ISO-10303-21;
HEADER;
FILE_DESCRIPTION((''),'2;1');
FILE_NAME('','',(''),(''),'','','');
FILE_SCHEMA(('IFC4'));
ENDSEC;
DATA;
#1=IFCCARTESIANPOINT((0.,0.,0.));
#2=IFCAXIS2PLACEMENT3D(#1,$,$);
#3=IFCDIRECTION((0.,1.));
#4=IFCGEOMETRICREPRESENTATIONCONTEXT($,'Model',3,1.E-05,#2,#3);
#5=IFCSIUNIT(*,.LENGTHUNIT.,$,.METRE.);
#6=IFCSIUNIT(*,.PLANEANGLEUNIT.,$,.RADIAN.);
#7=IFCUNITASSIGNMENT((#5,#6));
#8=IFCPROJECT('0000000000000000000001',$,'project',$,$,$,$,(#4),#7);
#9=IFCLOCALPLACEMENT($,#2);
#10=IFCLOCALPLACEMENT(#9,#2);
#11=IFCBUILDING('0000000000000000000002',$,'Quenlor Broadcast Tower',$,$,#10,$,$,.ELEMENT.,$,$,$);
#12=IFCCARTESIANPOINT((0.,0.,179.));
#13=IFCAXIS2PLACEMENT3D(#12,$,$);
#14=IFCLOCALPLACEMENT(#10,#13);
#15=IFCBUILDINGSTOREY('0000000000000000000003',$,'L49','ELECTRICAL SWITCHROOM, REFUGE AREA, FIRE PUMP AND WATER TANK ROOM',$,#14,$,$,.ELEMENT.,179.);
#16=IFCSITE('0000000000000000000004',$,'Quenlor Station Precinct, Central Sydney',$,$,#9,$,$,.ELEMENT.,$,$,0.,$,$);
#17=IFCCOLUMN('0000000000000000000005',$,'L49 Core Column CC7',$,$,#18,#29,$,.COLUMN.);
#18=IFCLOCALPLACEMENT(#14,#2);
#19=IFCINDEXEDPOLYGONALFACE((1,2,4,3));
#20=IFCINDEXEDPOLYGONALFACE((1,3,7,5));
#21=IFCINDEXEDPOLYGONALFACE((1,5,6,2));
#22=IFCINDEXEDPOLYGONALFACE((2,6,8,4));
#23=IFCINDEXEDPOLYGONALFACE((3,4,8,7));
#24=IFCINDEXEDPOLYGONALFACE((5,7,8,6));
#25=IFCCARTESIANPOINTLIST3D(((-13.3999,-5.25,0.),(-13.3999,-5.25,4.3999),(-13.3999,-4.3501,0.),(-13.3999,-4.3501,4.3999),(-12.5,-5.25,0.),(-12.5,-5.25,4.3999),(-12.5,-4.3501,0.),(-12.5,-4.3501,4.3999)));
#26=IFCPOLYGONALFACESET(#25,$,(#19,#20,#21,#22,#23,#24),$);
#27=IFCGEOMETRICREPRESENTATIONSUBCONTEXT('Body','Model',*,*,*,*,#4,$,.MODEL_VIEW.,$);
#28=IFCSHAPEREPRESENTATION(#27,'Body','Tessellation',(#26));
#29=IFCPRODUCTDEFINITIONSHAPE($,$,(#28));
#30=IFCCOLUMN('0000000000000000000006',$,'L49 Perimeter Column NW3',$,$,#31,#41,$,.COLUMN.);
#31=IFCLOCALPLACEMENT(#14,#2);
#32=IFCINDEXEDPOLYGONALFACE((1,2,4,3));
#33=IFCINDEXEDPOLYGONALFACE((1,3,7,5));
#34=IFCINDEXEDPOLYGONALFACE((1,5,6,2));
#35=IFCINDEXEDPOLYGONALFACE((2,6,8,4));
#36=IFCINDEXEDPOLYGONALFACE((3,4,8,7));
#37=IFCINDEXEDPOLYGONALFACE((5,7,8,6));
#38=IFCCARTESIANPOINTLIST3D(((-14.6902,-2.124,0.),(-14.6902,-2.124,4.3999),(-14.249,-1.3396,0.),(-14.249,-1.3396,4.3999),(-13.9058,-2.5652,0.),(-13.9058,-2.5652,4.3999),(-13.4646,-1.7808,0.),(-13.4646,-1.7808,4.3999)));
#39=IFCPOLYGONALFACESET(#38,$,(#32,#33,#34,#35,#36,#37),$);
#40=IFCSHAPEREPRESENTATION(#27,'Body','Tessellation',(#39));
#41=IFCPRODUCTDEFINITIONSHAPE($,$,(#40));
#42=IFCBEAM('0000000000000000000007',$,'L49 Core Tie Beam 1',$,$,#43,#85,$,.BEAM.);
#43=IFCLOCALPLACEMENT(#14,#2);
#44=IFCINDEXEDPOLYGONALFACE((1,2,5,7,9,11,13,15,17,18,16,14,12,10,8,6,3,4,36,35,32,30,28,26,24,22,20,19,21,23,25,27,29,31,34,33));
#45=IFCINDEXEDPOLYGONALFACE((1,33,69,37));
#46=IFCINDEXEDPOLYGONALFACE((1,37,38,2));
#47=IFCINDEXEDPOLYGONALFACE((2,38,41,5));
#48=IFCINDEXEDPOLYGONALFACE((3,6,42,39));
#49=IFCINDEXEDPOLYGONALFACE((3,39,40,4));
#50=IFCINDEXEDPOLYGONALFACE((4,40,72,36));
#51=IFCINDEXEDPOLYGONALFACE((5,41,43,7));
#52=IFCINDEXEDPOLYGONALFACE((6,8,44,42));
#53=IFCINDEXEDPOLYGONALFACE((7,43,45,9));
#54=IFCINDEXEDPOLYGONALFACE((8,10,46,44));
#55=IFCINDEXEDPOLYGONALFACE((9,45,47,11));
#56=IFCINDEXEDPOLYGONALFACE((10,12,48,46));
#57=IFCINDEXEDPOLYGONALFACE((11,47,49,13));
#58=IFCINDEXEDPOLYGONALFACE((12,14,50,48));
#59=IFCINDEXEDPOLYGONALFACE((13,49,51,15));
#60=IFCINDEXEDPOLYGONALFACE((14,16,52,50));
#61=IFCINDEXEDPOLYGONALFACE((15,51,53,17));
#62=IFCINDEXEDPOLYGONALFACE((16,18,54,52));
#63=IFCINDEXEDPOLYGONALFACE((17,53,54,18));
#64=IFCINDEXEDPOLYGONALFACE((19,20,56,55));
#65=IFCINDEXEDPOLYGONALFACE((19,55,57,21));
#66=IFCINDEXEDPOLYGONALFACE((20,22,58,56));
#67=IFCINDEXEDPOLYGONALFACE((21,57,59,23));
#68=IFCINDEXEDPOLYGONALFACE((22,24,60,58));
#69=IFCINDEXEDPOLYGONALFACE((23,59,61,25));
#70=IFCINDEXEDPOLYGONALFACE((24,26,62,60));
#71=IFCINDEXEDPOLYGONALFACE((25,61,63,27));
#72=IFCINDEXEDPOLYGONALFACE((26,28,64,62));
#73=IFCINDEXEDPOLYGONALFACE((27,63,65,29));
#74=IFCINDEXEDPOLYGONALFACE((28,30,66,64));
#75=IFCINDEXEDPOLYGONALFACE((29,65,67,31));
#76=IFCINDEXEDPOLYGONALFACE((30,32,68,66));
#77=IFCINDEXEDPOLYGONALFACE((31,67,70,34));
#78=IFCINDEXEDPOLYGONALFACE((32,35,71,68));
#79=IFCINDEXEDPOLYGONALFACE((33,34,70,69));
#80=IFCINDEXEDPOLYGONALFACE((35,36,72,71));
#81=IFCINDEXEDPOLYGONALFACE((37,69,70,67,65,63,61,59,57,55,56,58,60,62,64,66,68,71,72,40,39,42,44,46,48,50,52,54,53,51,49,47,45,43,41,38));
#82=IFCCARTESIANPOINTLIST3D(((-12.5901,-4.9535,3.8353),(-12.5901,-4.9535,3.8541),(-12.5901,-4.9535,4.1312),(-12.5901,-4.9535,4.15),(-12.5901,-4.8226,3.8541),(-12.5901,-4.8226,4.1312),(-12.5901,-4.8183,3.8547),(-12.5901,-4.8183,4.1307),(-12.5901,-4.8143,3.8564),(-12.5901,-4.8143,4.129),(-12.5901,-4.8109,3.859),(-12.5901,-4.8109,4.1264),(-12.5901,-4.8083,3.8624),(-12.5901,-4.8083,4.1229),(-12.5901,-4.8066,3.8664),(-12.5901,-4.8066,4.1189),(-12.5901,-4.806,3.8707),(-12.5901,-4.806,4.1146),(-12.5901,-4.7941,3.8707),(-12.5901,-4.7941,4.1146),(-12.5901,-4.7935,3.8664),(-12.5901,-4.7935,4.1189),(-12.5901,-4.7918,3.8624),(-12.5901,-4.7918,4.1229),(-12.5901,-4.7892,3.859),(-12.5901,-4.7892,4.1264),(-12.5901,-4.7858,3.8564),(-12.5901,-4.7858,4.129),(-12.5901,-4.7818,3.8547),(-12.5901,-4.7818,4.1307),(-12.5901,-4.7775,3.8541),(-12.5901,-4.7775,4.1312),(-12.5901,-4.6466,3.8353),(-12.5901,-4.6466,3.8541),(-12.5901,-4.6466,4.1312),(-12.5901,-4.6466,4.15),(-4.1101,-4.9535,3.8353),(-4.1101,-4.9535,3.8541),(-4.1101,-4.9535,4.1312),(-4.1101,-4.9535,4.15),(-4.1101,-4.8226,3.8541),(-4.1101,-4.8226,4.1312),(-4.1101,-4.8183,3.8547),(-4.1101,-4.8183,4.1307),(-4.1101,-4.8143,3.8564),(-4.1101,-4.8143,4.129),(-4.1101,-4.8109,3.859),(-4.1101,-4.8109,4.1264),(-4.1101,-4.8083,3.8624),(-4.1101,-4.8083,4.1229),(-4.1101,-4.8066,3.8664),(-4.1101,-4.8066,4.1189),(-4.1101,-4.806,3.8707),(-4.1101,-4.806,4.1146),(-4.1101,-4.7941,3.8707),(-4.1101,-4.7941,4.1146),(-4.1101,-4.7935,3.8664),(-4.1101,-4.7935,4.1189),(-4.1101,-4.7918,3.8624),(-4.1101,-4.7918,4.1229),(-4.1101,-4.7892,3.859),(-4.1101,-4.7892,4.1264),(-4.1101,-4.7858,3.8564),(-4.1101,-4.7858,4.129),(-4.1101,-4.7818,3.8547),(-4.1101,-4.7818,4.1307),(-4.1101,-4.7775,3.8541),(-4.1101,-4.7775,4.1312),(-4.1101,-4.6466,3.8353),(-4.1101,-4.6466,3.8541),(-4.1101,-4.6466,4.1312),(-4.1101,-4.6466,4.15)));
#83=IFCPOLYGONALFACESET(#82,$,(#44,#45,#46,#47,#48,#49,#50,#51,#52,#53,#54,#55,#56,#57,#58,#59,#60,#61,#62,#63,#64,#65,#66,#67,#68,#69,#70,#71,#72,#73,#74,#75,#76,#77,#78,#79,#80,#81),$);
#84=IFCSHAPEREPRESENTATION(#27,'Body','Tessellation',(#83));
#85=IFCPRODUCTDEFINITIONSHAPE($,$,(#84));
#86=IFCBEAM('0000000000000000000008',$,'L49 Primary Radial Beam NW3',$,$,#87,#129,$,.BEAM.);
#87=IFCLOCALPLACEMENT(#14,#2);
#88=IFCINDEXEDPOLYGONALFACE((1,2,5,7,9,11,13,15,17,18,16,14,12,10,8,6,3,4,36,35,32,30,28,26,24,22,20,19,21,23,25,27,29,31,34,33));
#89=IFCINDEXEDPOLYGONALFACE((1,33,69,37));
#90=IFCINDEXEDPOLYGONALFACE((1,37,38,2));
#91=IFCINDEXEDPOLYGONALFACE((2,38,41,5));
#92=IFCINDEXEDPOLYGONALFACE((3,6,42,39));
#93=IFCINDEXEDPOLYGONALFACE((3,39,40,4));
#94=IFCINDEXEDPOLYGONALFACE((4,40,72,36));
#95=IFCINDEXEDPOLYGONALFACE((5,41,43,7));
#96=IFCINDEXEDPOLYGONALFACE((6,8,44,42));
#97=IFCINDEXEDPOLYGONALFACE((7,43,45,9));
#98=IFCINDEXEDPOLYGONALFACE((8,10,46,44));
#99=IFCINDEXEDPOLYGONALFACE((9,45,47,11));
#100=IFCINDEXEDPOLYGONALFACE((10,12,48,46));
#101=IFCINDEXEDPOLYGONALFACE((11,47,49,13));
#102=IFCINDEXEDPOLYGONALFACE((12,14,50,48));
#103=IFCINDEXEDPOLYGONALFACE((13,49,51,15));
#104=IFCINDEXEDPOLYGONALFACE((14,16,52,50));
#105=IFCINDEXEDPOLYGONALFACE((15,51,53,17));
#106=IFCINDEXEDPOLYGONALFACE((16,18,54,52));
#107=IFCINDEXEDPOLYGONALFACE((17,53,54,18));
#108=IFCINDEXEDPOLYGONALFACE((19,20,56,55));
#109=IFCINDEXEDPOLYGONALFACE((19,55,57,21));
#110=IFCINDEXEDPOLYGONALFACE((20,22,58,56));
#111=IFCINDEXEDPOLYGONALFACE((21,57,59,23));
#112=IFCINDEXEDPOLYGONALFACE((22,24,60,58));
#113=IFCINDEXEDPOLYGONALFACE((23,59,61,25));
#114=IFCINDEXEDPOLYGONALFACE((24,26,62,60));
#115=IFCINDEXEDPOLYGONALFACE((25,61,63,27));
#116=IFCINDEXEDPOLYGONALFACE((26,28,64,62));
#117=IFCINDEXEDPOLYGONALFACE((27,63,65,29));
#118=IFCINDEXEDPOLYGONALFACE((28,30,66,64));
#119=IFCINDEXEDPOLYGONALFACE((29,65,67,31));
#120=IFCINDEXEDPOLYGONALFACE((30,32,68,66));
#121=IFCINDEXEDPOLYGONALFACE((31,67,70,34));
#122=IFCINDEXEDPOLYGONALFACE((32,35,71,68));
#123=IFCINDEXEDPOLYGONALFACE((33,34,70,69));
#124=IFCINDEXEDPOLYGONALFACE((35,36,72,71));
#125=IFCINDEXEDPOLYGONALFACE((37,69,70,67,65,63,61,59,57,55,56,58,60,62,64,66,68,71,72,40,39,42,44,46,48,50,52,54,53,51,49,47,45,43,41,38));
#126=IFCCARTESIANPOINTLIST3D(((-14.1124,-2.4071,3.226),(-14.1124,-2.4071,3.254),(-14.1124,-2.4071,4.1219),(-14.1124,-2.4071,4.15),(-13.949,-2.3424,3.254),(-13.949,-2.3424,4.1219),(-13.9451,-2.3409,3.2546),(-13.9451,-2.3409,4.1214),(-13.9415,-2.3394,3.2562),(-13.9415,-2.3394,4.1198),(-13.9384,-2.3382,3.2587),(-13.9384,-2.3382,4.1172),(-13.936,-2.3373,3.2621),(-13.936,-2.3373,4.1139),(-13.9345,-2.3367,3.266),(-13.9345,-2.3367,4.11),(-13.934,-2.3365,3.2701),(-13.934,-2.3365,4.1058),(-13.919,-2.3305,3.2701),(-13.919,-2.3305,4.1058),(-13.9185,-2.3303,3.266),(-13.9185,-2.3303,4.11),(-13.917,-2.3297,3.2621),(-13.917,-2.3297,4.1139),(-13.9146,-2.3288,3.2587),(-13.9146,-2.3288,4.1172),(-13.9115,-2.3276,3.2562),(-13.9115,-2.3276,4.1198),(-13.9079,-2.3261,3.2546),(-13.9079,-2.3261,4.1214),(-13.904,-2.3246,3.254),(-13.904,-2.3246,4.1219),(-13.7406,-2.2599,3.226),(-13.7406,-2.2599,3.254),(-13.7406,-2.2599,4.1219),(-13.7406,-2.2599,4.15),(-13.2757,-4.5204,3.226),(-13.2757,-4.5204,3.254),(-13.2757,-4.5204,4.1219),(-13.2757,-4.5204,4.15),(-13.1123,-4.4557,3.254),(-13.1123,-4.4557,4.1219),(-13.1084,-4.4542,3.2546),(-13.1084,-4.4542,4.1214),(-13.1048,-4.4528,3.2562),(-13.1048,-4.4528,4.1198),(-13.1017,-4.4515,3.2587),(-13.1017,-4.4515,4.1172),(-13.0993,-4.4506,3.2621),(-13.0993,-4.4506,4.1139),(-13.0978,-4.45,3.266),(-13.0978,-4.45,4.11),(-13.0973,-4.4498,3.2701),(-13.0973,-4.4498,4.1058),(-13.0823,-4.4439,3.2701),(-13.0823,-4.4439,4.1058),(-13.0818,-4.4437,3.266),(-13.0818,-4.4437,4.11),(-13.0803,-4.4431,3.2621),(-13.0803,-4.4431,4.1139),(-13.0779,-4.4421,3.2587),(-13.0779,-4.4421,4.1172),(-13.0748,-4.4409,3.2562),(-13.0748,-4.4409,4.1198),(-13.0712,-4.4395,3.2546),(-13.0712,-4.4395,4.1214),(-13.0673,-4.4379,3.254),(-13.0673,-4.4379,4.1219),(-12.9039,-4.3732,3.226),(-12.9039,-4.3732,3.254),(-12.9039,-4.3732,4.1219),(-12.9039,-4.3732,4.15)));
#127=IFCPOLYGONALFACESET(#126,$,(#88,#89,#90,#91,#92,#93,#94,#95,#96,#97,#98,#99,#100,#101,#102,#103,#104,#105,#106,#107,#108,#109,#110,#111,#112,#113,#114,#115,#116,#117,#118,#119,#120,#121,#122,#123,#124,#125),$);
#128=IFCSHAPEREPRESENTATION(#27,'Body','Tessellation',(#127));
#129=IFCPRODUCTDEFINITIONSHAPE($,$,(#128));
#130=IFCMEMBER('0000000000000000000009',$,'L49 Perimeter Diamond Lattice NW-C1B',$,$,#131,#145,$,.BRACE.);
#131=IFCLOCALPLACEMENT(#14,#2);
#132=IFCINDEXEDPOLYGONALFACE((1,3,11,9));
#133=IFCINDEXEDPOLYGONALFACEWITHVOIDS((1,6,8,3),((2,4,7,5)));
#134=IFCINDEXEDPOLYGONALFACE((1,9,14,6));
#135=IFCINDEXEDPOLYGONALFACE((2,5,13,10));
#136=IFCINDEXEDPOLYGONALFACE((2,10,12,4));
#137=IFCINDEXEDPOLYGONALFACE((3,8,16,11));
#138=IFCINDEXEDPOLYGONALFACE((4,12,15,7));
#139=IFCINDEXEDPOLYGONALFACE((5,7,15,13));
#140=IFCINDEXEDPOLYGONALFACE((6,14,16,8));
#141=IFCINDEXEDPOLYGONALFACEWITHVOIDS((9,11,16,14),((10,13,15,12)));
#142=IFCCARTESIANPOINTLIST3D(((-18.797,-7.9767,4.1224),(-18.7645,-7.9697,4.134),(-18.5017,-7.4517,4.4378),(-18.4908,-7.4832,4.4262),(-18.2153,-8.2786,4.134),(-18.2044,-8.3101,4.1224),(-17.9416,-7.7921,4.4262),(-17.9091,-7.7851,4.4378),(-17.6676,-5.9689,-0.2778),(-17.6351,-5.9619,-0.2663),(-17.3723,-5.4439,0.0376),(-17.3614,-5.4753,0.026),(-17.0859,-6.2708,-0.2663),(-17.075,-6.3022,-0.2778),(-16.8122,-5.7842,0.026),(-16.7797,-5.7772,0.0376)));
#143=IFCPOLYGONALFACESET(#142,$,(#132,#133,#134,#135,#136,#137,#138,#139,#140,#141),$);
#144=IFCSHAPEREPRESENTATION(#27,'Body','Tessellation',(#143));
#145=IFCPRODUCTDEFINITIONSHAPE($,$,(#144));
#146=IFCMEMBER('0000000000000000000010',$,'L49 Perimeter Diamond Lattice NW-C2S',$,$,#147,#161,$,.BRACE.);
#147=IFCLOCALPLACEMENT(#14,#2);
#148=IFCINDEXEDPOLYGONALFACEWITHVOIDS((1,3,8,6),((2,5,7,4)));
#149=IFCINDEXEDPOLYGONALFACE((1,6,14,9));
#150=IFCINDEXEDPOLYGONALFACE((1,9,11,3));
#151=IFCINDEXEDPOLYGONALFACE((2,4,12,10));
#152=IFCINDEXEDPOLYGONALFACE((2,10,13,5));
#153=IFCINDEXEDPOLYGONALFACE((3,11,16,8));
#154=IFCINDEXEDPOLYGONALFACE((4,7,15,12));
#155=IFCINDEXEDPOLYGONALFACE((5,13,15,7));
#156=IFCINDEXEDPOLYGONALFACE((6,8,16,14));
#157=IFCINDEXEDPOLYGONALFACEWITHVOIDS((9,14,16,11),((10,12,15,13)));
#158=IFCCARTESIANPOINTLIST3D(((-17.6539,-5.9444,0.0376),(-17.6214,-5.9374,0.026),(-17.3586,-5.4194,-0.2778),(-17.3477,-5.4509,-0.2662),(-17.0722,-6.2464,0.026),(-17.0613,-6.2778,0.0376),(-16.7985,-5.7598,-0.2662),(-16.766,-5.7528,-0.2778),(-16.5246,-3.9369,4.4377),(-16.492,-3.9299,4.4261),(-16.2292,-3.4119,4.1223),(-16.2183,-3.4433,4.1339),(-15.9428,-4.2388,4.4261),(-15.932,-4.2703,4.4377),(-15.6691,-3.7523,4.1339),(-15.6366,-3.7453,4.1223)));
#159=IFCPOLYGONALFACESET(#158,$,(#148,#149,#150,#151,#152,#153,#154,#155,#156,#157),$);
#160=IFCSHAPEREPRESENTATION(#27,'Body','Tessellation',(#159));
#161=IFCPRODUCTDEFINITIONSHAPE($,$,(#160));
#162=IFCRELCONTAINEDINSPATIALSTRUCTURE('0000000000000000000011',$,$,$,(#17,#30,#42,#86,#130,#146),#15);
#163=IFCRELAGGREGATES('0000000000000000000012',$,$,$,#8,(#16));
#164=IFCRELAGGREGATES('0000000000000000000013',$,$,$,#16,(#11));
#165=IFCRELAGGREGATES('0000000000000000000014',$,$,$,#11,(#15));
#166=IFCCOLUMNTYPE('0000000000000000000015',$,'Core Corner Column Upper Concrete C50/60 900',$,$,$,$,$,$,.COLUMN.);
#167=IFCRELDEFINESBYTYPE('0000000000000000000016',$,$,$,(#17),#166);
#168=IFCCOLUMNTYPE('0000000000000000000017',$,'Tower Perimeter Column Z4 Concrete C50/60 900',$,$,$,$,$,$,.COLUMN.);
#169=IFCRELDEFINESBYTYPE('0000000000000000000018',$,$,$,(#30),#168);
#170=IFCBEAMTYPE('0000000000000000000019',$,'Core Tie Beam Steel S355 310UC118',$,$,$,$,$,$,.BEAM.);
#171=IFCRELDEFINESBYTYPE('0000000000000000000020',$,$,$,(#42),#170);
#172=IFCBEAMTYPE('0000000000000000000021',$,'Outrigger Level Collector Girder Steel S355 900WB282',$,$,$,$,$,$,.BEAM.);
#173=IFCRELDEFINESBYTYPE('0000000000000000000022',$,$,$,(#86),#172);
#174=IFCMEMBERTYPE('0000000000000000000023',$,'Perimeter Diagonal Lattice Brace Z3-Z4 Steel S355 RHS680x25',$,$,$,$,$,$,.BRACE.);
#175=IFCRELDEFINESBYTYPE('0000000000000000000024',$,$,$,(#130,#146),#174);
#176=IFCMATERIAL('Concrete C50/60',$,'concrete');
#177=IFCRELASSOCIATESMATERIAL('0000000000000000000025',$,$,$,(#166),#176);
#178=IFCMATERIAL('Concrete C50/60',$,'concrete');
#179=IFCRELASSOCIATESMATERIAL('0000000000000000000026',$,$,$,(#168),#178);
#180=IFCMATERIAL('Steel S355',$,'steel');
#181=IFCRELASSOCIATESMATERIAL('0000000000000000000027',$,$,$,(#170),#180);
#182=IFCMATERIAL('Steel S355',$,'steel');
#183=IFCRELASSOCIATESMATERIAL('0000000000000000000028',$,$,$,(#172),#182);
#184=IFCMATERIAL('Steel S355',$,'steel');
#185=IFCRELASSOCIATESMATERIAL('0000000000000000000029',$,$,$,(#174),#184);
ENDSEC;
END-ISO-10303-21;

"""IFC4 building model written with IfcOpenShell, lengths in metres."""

from ifc_helpers import new_model, si_unit, direction, frame, origin, origin_2d, place, context, subcontext, project, spatial, rectangle, hollow_rectangle, i_section, extrude, material, material_profile, profile_set, type_object, element, save


model = new_model("IFC4")

# Units and contexts
model_context = context("Model", 3, precision=1e-05, world=origin(), true_north=direction((0.0, 1.0)))
body_context = subcontext(model_context, "Body", "Model", "MODEL_VIEW")
ifc_project = project(units=[si_unit("LENGTHUNIT", "METRE"), si_unit("PLANEANGLEUNIT", "RADIAN")], contexts=[model_context])

# Site, building, storey
site_placement = place(None, origin())
site = spatial("IfcSite", under=ifc_project, at=site_placement, Name="Quenlor Station Precinct, Central Sydney", CompositionType="ELEMENT", RefElevation=0.0)
building_placement = place(site_placement, origin())
building = spatial("IfcBuilding", under=site, at=building_placement, Name="Quenlor Broadcast Tower", CompositionType="ELEMENT")
storey_placement = place(building_placement, frame((0.0, 0.0, 179.0)))
storey = spatial("IfcBuildingStorey", under=building, at=storey_placement, Name="L49", Description="ELECTRICAL SWITCHROOM, REFUGE AREA, FIRE PUMP AND WATER TANK ROOM", CompositionType="ELEMENT", Elevation=179.0)

# Columns
ifc_material_1 = material(Name="Concrete C50/60", Category="concrete")
ifc_material_profile_1 = material_profile(ifc_material_1, rectangle(XDim=0.8999, YDim=0.8999, at=origin_2d()))
ifc_profile_set_1 = profile_set([ifc_material_profile_1], Name="Concrete C50/60 RC900x900")
column_type_1 = type_object("IfcColumnType", Name="Core Corner Column Upper Concrete C50/60 900", PredefinedType="COLUMN", material=ifc_profile_set_1)
column_1_placement = place(storey_placement, frame((-12.95, -4.8, 0.0), z_axis=(0.0, 0.0, 1.0), x_axis=(1.0, 0.0, 0.0)))
element("IfcColumn", 1, at=column_1_placement, inside=storey, type_object=column_type_1, Name="L49 Core Column CC7", PredefinedType="COLUMN", context=body_context, shape_type="SweptSolid", body=[
    extrude(rectangle(XDim=0.8999, YDim=0.8999, at=origin_2d()), origin(), (0.0, 0.0, 1.0), 4.3999),
])
ifc_material_2 = material(Name="Concrete C50/60", Category="concrete")
ifc_material_profile_2 = material_profile(ifc_material_2, rectangle(XDim=0.8999, YDim=0.8999, at=origin_2d()))
ifc_profile_set_2 = profile_set([ifc_material_profile_2], Name="Concrete C50/60 RC900x900")
column_type_2 = type_object("IfcColumnType", Name="Tower Perimeter Column Z4 Concrete C50/60 900", PredefinedType="COLUMN", material=ifc_profile_set_2)
column_2_placement = place(storey_placement, frame((-14.0774, -1.9524, 0.0), z_axis=(0.0, 0.0, 1.0), x_axis=(-0.871575, 0.490262, 0.0)))
element("IfcColumn", 2, at=column_2_placement, inside=storey, type_object=column_type_2, Name="L49 Perimeter Column NW3", PredefinedType="COLUMN", context=body_context, shape_type="SweptSolid", body=[
    extrude(rectangle(XDim=0.8999, YDim=0.8999, at=origin_2d()), origin(), (0.0, 0.0, 1.0), 4.3999),
])

# Beams
ifc_material_3 = material(Name="Steel S355", Category="steel")
ifc_material_profile_3 = material_profile(ifc_material_3, i_section(OverallWidth=0.3069, OverallDepth=0.3147, WebThickness=0.012, FlangeThickness=0.0188, FilletRadius=0.0166, at=origin_2d()))
ifc_profile_set_3 = profile_set([ifc_material_profile_3], Name="Steel S355 310UC118")
beam_type_1 = type_object("IfcBeamType", Name="Core Tie Beam Steel S355 310UC118", PredefinedType="BEAM", material=ifc_profile_set_3)
beam_1_placement = place(storey_placement, frame((-12.5901, -4.8, 3.9927), z_axis=(1.0, 0.0, 0.0), x_axis=(0.0, 1.0, 0.0)))
element("IfcBeam", 3, at=beam_1_placement, inside=storey, type_object=beam_type_1, Name="L49 Core Tie Beam 1", PredefinedType="BEAM", context=body_context, shape_type="SweptSolid", body=[
    extrude(i_section(OverallWidth=0.3069, OverallDepth=0.3147, WebThickness=0.012, FlangeThickness=0.0188, FilletRadius=0.0166, at=origin_2d()), origin(), (0.0, 0.0, 1.0), 8.48),
])
ifc_material_4 = material(Name="Steel S355", Category="steel")
ifc_material_profile_4 = material_profile(ifc_material_4, i_section(OverallWidth=0.3999, OverallDepth=0.9241, WebThickness=0.0161, FlangeThickness=0.0281, FilletRadius=0.0161, at=origin_2d()))
ifc_profile_set_4 = profile_set([ifc_material_profile_4], Name="Steel S355 900WB282")
beam_type_2 = type_object("IfcBeamType", Name="Outrigger Level Collector Girder Steel S355 900WB282", PredefinedType="BEAM", material=ifc_profile_set_4)
beam_2_placement = place(storey_placement, frame((-13.9265, -2.3335, 3.688), z_axis=(0.36811, -0.929782, 0.0), x_axis=(0.929782, 0.36811, 0.0)))
element("IfcBeam", 4, at=beam_2_placement, inside=storey, type_object=beam_type_2, Name="L49 Primary Radial Beam NW3", PredefinedType="BEAM", context=body_context, shape_type="SweptSolid", body=[
    extrude(i_section(OverallWidth=0.3999, OverallDepth=0.9241, WebThickness=0.0161, FlangeThickness=0.0281, FilletRadius=0.0161, at=origin_2d()), origin(), (0.0, 0.0, 1.0), 2.2729),
])

# Members
ifc_material_5 = material(Name="Steel S355", Category="steel")
ifc_material_profile_5 = material_profile(ifc_material_5, hollow_rectangle(XDim=0.6799, YDim=0.6799, WallThickness=0.0249, at=origin_2d()))
ifc_profile_set_5 = profile_set([ifc_material_profile_5], Name="Steel S355 RHS680x680x25")
member_type = type_object("IfcMemberType", Name="Perimeter Diagonal Lattice Brace Z3-Z4 Steel S355 RHS680x25", PredefinedType="BRACE", material=ifc_profile_set_5)
member_1_placement = place(storey_placement, frame((-17.2236, -5.873, -0.1201), z_axis=(-0.227393, -0.404255, 0.885929), x_axis=(0.871576, -0.490261, 0.0)))
element("IfcMember", 5, at=member_1_placement, inside=storey, type_object=member_type, Name="L49 Perimeter Diamond Lattice NW-C1B", PredefinedType="BRACE", context=body_context, shape_type="SweptSolid", body=[
    extrude(hollow_rectangle(XDim=0.6799, YDim=0.6799, WallThickness=0.0249, at=origin_2d()), origin(), (0.0, 0.0, 1.0), 4.9668),
])
member_2_placement = place(storey_placement, frame((-17.21, -5.8486, -0.1201), z_axis=(0.227398, 0.404214, 0.885947), x_axis=(-0.87155, 0.490307, 0.0)))
element("IfcMember", 6, at=member_2_placement, inside=storey, type_object=member_type, Name="L49 Perimeter Diamond Lattice NW-C2S", PredefinedType="BRACE", context=body_context, shape_type="SweptSolid", body=[
    extrude(hollow_rectangle(XDim=0.6799, YDim=0.6799, WallThickness=0.0249, at=origin_2d()), origin(), (0.0, 0.0, 1.0), 4.9666),
])

save(model, "model.ifc")
